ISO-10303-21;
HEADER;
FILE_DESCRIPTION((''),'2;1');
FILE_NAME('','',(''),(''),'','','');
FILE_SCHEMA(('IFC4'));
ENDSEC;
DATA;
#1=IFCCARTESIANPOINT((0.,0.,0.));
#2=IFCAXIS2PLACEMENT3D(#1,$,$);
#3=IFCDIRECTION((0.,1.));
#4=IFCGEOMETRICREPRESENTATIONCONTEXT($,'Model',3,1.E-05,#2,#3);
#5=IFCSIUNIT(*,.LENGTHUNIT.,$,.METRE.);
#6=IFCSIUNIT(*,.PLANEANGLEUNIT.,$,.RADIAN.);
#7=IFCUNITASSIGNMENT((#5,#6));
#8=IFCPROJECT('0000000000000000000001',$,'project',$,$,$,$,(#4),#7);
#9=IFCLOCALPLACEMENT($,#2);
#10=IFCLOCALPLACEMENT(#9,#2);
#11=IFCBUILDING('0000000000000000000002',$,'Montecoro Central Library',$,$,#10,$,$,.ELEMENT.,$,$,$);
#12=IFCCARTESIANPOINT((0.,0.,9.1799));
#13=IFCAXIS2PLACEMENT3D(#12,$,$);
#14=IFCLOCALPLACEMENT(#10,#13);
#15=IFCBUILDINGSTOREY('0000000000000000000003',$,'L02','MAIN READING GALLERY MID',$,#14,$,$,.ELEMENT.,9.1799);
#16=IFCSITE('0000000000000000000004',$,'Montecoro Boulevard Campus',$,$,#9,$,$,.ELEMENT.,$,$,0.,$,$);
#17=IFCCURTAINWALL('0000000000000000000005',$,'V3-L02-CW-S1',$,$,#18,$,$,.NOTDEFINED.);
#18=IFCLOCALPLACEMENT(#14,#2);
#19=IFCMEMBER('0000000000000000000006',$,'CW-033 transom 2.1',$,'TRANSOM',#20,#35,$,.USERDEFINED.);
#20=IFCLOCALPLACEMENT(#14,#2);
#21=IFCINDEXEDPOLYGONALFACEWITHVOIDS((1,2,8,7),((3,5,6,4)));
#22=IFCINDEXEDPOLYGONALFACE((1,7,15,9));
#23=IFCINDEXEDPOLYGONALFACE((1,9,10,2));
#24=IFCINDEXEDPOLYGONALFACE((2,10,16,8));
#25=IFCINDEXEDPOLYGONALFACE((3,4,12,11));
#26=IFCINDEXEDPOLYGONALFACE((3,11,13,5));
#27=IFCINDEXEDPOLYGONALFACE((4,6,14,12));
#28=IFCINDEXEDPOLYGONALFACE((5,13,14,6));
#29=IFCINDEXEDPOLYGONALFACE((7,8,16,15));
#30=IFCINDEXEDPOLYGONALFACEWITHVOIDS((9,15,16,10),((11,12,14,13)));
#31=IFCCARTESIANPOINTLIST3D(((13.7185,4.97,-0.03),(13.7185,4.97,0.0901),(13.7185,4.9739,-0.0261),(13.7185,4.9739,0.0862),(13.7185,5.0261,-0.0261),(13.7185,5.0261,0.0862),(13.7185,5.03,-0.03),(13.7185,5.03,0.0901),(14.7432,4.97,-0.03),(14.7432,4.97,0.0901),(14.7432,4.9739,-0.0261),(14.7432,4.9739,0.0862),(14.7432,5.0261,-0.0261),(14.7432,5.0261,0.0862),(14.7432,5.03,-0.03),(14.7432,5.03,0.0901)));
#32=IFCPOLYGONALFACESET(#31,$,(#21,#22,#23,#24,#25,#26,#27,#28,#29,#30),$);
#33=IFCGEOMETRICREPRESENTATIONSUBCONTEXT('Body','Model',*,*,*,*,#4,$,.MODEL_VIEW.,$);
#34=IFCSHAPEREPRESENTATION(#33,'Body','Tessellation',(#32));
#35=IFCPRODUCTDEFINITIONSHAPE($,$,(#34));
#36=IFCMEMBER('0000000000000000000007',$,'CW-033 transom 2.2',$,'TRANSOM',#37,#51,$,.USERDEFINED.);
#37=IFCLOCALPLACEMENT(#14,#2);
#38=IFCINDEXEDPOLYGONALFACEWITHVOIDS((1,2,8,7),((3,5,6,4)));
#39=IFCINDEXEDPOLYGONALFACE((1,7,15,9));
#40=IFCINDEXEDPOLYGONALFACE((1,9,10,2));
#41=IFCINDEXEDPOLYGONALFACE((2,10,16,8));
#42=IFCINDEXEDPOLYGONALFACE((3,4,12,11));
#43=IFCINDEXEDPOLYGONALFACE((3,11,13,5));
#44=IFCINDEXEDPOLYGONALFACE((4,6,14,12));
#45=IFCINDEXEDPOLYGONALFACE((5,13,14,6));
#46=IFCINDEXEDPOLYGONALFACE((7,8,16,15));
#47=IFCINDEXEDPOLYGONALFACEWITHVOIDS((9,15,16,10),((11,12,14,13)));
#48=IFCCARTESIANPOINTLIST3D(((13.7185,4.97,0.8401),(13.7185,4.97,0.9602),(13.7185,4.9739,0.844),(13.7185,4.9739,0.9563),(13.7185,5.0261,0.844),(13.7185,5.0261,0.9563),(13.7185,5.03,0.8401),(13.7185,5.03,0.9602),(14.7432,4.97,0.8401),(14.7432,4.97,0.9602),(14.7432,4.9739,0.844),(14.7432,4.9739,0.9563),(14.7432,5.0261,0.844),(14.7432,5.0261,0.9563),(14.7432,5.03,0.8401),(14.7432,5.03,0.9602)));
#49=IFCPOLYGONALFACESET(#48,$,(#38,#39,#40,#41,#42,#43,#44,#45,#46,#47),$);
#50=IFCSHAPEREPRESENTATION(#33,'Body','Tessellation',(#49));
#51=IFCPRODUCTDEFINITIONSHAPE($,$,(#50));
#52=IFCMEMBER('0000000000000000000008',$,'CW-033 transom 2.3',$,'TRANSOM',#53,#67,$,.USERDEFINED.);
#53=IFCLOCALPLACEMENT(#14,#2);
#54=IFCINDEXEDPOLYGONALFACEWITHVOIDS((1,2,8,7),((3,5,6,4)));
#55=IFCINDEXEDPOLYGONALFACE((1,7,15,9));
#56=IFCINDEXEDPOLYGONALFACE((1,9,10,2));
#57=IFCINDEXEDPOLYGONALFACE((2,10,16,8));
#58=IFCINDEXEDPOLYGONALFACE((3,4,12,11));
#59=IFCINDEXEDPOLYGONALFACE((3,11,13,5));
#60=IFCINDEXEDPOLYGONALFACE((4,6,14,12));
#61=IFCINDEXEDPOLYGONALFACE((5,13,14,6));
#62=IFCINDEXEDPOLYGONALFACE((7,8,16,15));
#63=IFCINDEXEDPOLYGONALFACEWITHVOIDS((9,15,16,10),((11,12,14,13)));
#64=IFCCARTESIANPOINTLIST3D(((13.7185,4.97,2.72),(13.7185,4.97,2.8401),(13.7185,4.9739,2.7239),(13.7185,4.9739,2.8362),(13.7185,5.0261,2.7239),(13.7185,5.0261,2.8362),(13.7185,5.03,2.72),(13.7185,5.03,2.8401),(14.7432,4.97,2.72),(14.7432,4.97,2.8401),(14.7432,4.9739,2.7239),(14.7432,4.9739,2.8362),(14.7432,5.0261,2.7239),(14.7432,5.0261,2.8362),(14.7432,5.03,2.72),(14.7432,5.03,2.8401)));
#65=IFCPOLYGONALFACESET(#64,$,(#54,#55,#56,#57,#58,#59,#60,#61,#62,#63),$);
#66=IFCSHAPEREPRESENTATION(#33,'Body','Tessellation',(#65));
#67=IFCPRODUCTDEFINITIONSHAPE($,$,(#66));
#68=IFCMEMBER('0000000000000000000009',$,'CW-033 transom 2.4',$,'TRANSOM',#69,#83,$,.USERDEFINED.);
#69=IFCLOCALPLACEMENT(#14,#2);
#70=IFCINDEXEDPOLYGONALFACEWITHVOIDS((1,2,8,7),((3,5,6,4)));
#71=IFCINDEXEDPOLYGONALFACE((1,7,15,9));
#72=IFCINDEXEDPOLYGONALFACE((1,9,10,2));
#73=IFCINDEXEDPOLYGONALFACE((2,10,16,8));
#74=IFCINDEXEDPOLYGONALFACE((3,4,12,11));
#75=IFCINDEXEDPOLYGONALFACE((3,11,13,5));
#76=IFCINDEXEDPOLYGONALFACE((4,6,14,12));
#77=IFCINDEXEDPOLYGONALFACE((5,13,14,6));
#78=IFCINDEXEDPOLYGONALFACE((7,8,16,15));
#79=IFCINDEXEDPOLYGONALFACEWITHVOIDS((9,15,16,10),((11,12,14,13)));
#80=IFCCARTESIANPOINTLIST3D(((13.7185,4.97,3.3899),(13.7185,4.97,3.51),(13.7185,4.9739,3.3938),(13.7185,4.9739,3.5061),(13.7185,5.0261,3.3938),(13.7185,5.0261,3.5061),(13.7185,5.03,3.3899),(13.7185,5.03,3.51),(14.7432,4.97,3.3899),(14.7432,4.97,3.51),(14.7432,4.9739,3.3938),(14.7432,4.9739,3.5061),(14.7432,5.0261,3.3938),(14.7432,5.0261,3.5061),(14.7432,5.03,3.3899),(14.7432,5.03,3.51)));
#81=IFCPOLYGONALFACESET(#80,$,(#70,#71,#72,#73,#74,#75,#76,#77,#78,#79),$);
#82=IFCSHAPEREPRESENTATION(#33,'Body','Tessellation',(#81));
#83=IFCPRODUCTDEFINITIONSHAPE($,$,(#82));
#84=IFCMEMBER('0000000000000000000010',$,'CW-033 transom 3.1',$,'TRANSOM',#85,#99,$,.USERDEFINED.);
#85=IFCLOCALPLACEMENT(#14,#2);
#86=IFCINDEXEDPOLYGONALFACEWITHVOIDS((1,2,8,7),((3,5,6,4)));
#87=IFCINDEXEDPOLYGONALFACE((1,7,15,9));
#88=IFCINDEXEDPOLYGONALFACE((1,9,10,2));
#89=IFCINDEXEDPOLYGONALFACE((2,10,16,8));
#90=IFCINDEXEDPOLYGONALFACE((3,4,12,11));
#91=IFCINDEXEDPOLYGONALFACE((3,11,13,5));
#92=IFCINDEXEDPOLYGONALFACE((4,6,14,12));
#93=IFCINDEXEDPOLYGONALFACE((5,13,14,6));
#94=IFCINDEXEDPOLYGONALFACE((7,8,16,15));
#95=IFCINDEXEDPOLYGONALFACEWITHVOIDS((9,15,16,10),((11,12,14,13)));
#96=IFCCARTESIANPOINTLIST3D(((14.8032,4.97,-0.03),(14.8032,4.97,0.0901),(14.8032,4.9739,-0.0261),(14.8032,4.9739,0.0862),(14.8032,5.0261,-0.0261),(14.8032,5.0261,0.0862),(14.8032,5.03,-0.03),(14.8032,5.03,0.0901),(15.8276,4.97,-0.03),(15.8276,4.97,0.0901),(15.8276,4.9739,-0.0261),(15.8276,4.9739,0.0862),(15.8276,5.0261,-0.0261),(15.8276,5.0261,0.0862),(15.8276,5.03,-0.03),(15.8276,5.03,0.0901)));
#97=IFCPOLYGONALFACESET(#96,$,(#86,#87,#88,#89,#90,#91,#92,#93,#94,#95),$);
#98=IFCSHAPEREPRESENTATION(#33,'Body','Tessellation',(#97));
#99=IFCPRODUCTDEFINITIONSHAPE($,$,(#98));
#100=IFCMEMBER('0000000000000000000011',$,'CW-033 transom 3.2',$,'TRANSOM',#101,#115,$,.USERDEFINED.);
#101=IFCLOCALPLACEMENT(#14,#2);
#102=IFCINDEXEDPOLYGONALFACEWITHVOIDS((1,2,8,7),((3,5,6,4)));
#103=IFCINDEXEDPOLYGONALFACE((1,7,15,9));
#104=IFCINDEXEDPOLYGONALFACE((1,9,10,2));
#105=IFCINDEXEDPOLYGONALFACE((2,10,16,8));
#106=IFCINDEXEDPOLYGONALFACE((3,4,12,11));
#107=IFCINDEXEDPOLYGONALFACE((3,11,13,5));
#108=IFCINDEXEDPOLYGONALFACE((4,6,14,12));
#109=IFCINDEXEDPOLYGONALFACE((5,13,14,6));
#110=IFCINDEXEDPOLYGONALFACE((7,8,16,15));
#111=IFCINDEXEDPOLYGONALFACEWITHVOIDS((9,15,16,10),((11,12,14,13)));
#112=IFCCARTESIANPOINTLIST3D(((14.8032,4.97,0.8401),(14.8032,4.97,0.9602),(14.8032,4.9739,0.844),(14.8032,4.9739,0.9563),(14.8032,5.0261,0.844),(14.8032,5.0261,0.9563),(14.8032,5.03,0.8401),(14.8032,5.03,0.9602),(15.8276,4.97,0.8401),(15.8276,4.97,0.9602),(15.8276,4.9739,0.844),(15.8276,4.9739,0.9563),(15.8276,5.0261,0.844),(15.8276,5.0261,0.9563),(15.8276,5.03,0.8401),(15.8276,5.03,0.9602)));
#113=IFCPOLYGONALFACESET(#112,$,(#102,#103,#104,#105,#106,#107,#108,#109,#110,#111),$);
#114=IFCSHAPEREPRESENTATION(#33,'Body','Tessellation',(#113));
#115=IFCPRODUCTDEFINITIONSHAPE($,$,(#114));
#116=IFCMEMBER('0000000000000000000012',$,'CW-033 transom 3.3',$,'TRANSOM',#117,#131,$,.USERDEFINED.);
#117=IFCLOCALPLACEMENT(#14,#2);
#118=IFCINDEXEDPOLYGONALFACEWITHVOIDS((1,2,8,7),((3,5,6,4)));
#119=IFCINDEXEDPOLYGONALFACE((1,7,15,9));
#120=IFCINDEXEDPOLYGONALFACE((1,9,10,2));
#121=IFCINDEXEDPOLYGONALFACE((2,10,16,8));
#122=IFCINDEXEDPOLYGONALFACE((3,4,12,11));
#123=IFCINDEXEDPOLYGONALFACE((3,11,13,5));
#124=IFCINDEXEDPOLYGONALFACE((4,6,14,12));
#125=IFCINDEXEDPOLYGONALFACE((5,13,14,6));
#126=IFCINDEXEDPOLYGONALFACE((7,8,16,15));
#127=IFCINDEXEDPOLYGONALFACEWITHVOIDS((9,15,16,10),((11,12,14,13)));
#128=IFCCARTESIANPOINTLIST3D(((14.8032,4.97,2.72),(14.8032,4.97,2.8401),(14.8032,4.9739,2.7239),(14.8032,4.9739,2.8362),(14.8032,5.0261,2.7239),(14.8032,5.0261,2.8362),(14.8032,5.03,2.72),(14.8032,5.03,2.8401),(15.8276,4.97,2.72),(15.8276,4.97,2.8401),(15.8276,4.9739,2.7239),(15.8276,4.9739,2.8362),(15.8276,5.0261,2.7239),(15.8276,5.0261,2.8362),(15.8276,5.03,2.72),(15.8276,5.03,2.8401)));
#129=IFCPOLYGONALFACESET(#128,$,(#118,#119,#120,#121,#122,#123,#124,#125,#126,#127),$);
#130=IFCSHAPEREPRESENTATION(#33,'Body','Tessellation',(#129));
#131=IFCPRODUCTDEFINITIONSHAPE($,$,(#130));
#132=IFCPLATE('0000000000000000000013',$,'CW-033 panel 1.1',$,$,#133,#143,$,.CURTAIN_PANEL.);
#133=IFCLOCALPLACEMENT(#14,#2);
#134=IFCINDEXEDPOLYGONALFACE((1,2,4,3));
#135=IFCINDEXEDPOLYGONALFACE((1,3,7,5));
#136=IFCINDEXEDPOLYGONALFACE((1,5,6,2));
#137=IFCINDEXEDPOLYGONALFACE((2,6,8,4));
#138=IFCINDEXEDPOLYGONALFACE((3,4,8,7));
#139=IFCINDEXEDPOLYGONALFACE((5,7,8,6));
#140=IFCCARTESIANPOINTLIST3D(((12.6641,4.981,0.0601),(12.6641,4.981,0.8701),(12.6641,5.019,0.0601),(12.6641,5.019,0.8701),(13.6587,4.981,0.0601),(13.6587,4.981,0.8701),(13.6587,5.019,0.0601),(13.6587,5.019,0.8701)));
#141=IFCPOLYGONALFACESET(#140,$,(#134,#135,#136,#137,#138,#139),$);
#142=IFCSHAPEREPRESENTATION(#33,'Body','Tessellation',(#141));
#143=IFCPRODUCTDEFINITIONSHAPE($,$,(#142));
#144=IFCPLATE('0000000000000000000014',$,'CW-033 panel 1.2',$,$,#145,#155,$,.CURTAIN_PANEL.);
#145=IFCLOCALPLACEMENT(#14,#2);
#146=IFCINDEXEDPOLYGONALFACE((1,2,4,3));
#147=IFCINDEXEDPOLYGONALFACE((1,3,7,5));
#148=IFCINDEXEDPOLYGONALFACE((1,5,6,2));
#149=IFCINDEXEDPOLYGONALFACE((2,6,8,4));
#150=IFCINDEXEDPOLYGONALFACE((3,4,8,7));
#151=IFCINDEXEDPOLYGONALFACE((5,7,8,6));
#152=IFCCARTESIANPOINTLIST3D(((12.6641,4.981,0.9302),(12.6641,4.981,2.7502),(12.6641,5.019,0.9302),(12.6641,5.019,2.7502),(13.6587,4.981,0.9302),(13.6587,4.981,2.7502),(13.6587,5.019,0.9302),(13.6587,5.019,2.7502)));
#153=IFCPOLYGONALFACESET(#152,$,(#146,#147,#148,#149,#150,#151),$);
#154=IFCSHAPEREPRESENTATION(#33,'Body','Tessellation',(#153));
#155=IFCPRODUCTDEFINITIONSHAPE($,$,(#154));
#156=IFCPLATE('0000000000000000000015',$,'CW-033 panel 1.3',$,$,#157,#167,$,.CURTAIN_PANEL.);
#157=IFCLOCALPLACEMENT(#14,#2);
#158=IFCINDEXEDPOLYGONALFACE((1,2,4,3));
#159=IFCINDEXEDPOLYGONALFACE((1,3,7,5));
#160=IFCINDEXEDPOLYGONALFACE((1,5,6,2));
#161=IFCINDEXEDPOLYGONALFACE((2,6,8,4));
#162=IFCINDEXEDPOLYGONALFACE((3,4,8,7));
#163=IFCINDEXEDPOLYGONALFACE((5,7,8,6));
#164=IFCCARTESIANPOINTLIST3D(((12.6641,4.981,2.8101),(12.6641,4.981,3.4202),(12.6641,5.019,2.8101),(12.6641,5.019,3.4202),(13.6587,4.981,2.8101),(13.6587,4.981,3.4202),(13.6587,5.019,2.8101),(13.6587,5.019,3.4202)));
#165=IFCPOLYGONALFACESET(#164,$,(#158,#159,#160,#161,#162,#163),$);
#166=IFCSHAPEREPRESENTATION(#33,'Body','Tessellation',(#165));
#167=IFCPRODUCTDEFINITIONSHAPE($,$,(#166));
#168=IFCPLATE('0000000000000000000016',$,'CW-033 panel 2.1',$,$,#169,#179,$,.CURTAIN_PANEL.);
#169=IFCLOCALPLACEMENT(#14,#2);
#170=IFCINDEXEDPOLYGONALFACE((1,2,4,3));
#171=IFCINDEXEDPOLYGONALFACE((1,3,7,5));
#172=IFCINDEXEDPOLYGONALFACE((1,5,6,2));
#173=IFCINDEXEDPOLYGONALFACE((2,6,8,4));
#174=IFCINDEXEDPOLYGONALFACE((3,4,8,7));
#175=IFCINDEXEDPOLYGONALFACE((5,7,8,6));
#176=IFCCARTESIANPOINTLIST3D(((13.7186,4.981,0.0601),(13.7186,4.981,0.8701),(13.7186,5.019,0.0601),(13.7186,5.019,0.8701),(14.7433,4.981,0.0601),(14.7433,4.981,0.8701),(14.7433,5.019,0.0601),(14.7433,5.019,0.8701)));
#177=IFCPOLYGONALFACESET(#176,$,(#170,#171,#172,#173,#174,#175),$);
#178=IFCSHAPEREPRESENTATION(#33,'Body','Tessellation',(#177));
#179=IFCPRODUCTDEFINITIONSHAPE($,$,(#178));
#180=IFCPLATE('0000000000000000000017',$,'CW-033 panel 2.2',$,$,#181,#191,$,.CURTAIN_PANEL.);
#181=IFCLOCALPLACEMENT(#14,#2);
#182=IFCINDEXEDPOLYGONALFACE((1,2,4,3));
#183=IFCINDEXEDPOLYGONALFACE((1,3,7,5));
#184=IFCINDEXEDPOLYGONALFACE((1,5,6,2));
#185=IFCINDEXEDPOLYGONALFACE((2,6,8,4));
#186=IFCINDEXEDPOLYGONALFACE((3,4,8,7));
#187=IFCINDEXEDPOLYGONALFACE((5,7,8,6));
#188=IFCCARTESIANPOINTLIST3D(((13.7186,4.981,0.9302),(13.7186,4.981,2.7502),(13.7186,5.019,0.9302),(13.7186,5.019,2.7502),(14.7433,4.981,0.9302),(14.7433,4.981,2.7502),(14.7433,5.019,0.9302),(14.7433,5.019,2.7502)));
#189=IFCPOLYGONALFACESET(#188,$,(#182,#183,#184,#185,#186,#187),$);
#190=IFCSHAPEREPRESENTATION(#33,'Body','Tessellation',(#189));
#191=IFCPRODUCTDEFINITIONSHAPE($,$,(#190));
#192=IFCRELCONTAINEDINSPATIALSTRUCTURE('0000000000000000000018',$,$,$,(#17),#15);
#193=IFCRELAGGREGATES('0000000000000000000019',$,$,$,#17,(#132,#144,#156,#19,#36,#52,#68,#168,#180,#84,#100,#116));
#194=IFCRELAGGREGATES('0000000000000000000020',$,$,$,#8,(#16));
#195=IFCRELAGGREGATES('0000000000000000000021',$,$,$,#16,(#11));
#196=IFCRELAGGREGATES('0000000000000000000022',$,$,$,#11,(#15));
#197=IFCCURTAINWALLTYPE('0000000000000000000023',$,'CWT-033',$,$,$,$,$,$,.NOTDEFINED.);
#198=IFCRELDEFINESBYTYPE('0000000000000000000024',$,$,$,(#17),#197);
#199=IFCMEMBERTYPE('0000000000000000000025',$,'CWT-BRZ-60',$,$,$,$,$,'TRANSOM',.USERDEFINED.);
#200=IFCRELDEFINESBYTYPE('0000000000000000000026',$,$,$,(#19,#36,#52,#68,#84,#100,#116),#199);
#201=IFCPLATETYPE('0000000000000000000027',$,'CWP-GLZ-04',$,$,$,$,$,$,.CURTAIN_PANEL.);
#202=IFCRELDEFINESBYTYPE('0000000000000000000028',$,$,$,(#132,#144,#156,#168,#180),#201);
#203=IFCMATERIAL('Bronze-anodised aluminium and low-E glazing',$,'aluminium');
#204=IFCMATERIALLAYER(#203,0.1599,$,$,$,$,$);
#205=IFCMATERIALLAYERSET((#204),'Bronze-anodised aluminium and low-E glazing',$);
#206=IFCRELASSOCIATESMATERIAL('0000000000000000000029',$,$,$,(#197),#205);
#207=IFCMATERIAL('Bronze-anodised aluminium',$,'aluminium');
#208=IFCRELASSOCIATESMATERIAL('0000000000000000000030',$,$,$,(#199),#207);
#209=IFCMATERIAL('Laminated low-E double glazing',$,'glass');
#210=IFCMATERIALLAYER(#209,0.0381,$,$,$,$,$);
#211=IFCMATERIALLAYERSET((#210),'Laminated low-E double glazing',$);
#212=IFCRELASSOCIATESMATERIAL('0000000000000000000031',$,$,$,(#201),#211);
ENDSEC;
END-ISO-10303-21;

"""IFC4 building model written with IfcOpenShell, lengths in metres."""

from ifc_helpers import new_model, si_unit, direction, frame, origin, origin_2d, place, context, subcontext, project, spatial, rectangle, hollow_rectangle, extrude, material, layer, layer_set, material_profile, profile_set, type_object, element, aggregate, save


model = new_model("IFC4")

# Units and contexts
model_context = context("Model", 3, precision=1e-05, world=origin(), true_north=direction((0.0, 1.0)))
body_context = subcontext(model_context, "Body", "Model", "MODEL_VIEW")
ifc_project = project(units=[si_unit("LENGTHUNIT", "METRE"), si_unit("PLANEANGLEUNIT", "RADIAN")], contexts=[model_context])

# Site, building, storey
site_placement = place(None, origin())
site = spatial("IfcSite", under=ifc_project, at=site_placement, Name="Montecoro Boulevard Campus", CompositionType="ELEMENT", RefElevation=0.0)
building_placement = place(site_placement, origin())
building = spatial("IfcBuilding", under=site, at=building_placement, Name="Montecoro Central Library", CompositionType="ELEMENT")
storey_placement = place(building_placement, frame((0.0, 0.0, 9.1799)))
storey = spatial("IfcBuildingStorey", under=building, at=storey_placement, Name="L02", Description="MAIN READING GALLERY MID", CompositionType="ELEMENT", Elevation=9.1799)

# Curtain wall, members, plates
ifc_material_1 = material(Name="Bronze-anodised aluminium and low-E glazing", Category="aluminium")
ifc_layer_1 = layer(ifc_material_1, 0.1599)
ifc_layer_set_1 = layer_set([ifc_layer_1], Name="Bronze-anodised aluminium and low-E glazing")
curtain_wall_type = type_object("IfcCurtainWallType", Name="CWT-033", PredefinedType="NOTDEFINED", material=ifc_layer_set_1)
curtain_wall_placement = place(storey_placement, origin())
curtain_wall = element("IfcCurtainWall", 1, at=curtain_wall_placement, inside=storey, type_object=curtain_wall_type, Name="V3-L02-CW-S1", PredefinedType="NOTDEFINED")
ifc_material_2 = material(Name="Bronze-anodised aluminium", Category="aluminium")
ifc_material_profile_1 = material_profile(ifc_material_2, hollow_rectangle(XDim=0.0601, YDim=0.1201, WallThickness=0.0039, at=origin_2d()), Name="CWT 120x60x4.0")
ifc_profile_set_1 = profile_set([ifc_material_profile_1], Name="Bronze-anodised aluminium")
member_type_1 = type_object("IfcMemberType", Name="CWT-BRZ-60", ElementType="TRANSOM", PredefinedType="USERDEFINED", material=ifc_profile_set_1)
member_1_placement = place(storey_placement, frame((13.7185, 5.0, 0.03), z_axis=(1.0, 0.0, 0.0), x_axis=(0.0, 1.0, 0.0)))
member_1 = element("IfcMember", 2, at=member_1_placement, type_object=member_type_1, Name="CW-033 transom 2.1", ObjectType="TRANSOM", PredefinedType="USERDEFINED", context=body_context, shape_type="SweptSolid", body=[
    extrude(hollow_rectangle(XDim=0.0601, YDim=0.1201, WallThickness=0.0039, at=origin_2d()), origin(), (0.0, 0.0, 1.0), 1.0247),
])
member_2_placement = place(storey_placement, frame((13.7185, 5.0, 0.9001), z_axis=(1.0, 0.0, 0.0), x_axis=(0.0, 1.0, 0.0)))
member_2 = element("IfcMember", 3, at=member_2_placement, type_object=member_type_1, Name="CW-033 transom 2.2", ObjectType="TRANSOM", PredefinedType="USERDEFINED", context=body_context, shape_type="SweptSolid", body=[
    extrude(hollow_rectangle(XDim=0.0601, YDim=0.1201, WallThickness=0.0039, at=origin_2d()), origin(), (0.0, 0.0, 1.0), 1.0247),
])
member_3_placement = place(storey_placement, frame((13.7185, 5.0, 2.78), z_axis=(1.0, 0.0, 0.0), x_axis=(0.0, 1.0, 0.0)))
member_3 = element("IfcMember", 4, at=member_3_placement, type_object=member_type_1, Name="CW-033 transom 2.3", ObjectType="TRANSOM", PredefinedType="USERDEFINED", context=body_context, shape_type="SweptSolid", body=[
    extrude(hollow_rectangle(XDim=0.0601, YDim=0.1201, WallThickness=0.0039, at=origin_2d()), origin(), (0.0, 0.0, 1.0), 1.0247),
])
member_4_placement = place(storey_placement, frame((13.7185, 5.0, 3.45), z_axis=(1.0, 0.0, 0.0), x_axis=(0.0, 1.0, 0.0)))
member_4 = element("IfcMember", 5, at=member_4_placement, type_object=member_type_1, Name="CW-033 transom 2.4", ObjectType="TRANSOM", PredefinedType="USERDEFINED", context=body_context, shape_type="SweptSolid", body=[
    extrude(hollow_rectangle(XDim=0.0601, YDim=0.1201, WallThickness=0.0039, at=origin_2d()), origin(), (0.0, 0.0, 1.0), 1.0247),
])
member_5_placement = place(storey_placement, frame((14.8032, 5.0, 0.03), z_axis=(1.0, 0.0, 0.0), x_axis=(0.0, 1.0, 0.0)))
member_5 = element("IfcMember", 6, at=member_5_placement, type_object=member_type_1, Name="CW-033 transom 3.1", ObjectType="TRANSOM", PredefinedType="USERDEFINED", context=body_context, shape_type="SweptSolid", body=[
    extrude(hollow_rectangle(XDim=0.0601, YDim=0.1201, WallThickness=0.0039, at=origin_2d()), origin(), (0.0, 0.0, 1.0), 1.0244),
])
member_6_placement = place(storey_placement, frame((14.8032, 5.0, 0.9001), z_axis=(1.0, 0.0, 0.0), x_axis=(0.0, 1.0, 0.0)))
member_6 = element("IfcMember", 7, at=member_6_placement, type_object=member_type_1, Name="CW-033 transom 3.2", ObjectType="TRANSOM", PredefinedType="USERDEFINED", context=body_context, shape_type="SweptSolid", body=[
    extrude(hollow_rectangle(XDim=0.0601, YDim=0.1201, WallThickness=0.0039, at=origin_2d()), origin(), (0.0, 0.0, 1.0), 1.0244),
])
member_7_placement = place(storey_placement, frame((14.8032, 5.0, 2.78), z_axis=(1.0, 0.0, 0.0), x_axis=(0.0, 1.0, 0.0)))
member_7 = element("IfcMember", 8, at=member_7_placement, type_object=member_type_1, Name="CW-033 transom 3.3", ObjectType="TRANSOM", PredefinedType="USERDEFINED", context=body_context, shape_type="SweptSolid", body=[
    extrude(hollow_rectangle(XDim=0.0601, YDim=0.1201, WallThickness=0.0039, at=origin_2d()), origin(), (0.0, 0.0, 1.0), 1.0244),
])
ifc_material_3 = material(Name="Laminated low-E double glazing", Category="glass")
ifc_layer_2 = layer(ifc_material_3, 0.0381)
ifc_layer_set_2 = layer_set([ifc_layer_2], Name="Laminated low-E double glazing")
plate_type_1 = type_object("IfcPlateType", Name="CWP-GLZ-04", PredefinedType="CURTAIN_PANEL", material=ifc_layer_set_2)
plate_1_placement = place(storey_placement, frame((13.1614, 5.0, 0.0601), z_axis=(0.0, 0.0, 1.0), x_axis=(1.0, 0.0, 0.0)))
plate_1 = element("IfcPlate", 9, at=plate_1_placement, type_object=plate_type_1, Name="CW-033 panel 1.1", PredefinedType="CURTAIN_PANEL", context=body_context, shape_type="SweptSolid", body=[
    extrude(rectangle(XDim=0.9946, YDim=0.0381, at=origin_2d()), origin(), (0.0, 0.0, 1.0), 0.8101),
])
plate_2_placement = place(storey_placement, frame((13.1614, 5.0, 0.9302), z_axis=(0.0, 0.0, 1.0), x_axis=(1.0, 0.0, 0.0)))
plate_2 = element("IfcPlate", 10, at=plate_2_placement, type_object=plate_type_1, Name="CW-033 panel 1.2", PredefinedType="CURTAIN_PANEL", context=body_context, shape_type="SweptSolid", body=[
    extrude(rectangle(XDim=0.9946, YDim=0.0381, at=origin_2d()), origin(), (0.0, 0.0, 1.0), 1.8201),
])
plate_3_placement = place(storey_placement, frame((13.1614, 5.0, 2.8101), z_axis=(0.0, 0.0, 1.0), x_axis=(1.0, 0.0, 0.0)))
plate_3 = element("IfcPlate", 11, at=plate_3_placement, type_object=plate_type_1, Name="CW-033 panel 1.3", PredefinedType="CURTAIN_PANEL", context=body_context, shape_type="SweptSolid", body=[
    extrude(rectangle(XDim=0.9946, YDim=0.0381, at=origin_2d()), origin(), (0.0, 0.0, 1.0), 0.6101),
])
plate_4_placement = place(storey_placement, frame((14.231, 5.0, 0.0601), z_axis=(0.0, 0.0, 1.0), x_axis=(1.0, 0.0, 0.0)))
plate_4 = element("IfcPlate", 12, at=plate_4_placement, type_object=plate_type_1, Name="CW-033 panel 2.1", PredefinedType="CURTAIN_PANEL", context=body_context, shape_type="SweptSolid", body=[
    extrude(rectangle(XDim=1.0247, YDim=0.0381, at=origin_2d()), origin(), (0.0, 0.0, 1.0), 0.8101),
])
plate_5_placement = place(storey_placement, frame((14.231, 5.0, 0.9302), z_axis=(0.0, 0.0, 1.0), x_axis=(1.0, 0.0, 0.0)))
plate_5 = element("IfcPlate", 13, at=plate_5_placement, type_object=plate_type_1, Name="CW-033 panel 2.2", PredefinedType="CURTAIN_PANEL", context=body_context, shape_type="SweptSolid", body=[
    extrude(rectangle(XDim=1.0247, YDim=0.0381, at=origin_2d()), origin(), (0.0, 0.0, 1.0), 1.8201),
])
aggregate(curtain_wall, [plate_1, plate_2, plate_3, member_1, member_2, member_3, member_4, plate_4, plate_5, member_5, member_6, member_7])

save(model, "model.ifc")
